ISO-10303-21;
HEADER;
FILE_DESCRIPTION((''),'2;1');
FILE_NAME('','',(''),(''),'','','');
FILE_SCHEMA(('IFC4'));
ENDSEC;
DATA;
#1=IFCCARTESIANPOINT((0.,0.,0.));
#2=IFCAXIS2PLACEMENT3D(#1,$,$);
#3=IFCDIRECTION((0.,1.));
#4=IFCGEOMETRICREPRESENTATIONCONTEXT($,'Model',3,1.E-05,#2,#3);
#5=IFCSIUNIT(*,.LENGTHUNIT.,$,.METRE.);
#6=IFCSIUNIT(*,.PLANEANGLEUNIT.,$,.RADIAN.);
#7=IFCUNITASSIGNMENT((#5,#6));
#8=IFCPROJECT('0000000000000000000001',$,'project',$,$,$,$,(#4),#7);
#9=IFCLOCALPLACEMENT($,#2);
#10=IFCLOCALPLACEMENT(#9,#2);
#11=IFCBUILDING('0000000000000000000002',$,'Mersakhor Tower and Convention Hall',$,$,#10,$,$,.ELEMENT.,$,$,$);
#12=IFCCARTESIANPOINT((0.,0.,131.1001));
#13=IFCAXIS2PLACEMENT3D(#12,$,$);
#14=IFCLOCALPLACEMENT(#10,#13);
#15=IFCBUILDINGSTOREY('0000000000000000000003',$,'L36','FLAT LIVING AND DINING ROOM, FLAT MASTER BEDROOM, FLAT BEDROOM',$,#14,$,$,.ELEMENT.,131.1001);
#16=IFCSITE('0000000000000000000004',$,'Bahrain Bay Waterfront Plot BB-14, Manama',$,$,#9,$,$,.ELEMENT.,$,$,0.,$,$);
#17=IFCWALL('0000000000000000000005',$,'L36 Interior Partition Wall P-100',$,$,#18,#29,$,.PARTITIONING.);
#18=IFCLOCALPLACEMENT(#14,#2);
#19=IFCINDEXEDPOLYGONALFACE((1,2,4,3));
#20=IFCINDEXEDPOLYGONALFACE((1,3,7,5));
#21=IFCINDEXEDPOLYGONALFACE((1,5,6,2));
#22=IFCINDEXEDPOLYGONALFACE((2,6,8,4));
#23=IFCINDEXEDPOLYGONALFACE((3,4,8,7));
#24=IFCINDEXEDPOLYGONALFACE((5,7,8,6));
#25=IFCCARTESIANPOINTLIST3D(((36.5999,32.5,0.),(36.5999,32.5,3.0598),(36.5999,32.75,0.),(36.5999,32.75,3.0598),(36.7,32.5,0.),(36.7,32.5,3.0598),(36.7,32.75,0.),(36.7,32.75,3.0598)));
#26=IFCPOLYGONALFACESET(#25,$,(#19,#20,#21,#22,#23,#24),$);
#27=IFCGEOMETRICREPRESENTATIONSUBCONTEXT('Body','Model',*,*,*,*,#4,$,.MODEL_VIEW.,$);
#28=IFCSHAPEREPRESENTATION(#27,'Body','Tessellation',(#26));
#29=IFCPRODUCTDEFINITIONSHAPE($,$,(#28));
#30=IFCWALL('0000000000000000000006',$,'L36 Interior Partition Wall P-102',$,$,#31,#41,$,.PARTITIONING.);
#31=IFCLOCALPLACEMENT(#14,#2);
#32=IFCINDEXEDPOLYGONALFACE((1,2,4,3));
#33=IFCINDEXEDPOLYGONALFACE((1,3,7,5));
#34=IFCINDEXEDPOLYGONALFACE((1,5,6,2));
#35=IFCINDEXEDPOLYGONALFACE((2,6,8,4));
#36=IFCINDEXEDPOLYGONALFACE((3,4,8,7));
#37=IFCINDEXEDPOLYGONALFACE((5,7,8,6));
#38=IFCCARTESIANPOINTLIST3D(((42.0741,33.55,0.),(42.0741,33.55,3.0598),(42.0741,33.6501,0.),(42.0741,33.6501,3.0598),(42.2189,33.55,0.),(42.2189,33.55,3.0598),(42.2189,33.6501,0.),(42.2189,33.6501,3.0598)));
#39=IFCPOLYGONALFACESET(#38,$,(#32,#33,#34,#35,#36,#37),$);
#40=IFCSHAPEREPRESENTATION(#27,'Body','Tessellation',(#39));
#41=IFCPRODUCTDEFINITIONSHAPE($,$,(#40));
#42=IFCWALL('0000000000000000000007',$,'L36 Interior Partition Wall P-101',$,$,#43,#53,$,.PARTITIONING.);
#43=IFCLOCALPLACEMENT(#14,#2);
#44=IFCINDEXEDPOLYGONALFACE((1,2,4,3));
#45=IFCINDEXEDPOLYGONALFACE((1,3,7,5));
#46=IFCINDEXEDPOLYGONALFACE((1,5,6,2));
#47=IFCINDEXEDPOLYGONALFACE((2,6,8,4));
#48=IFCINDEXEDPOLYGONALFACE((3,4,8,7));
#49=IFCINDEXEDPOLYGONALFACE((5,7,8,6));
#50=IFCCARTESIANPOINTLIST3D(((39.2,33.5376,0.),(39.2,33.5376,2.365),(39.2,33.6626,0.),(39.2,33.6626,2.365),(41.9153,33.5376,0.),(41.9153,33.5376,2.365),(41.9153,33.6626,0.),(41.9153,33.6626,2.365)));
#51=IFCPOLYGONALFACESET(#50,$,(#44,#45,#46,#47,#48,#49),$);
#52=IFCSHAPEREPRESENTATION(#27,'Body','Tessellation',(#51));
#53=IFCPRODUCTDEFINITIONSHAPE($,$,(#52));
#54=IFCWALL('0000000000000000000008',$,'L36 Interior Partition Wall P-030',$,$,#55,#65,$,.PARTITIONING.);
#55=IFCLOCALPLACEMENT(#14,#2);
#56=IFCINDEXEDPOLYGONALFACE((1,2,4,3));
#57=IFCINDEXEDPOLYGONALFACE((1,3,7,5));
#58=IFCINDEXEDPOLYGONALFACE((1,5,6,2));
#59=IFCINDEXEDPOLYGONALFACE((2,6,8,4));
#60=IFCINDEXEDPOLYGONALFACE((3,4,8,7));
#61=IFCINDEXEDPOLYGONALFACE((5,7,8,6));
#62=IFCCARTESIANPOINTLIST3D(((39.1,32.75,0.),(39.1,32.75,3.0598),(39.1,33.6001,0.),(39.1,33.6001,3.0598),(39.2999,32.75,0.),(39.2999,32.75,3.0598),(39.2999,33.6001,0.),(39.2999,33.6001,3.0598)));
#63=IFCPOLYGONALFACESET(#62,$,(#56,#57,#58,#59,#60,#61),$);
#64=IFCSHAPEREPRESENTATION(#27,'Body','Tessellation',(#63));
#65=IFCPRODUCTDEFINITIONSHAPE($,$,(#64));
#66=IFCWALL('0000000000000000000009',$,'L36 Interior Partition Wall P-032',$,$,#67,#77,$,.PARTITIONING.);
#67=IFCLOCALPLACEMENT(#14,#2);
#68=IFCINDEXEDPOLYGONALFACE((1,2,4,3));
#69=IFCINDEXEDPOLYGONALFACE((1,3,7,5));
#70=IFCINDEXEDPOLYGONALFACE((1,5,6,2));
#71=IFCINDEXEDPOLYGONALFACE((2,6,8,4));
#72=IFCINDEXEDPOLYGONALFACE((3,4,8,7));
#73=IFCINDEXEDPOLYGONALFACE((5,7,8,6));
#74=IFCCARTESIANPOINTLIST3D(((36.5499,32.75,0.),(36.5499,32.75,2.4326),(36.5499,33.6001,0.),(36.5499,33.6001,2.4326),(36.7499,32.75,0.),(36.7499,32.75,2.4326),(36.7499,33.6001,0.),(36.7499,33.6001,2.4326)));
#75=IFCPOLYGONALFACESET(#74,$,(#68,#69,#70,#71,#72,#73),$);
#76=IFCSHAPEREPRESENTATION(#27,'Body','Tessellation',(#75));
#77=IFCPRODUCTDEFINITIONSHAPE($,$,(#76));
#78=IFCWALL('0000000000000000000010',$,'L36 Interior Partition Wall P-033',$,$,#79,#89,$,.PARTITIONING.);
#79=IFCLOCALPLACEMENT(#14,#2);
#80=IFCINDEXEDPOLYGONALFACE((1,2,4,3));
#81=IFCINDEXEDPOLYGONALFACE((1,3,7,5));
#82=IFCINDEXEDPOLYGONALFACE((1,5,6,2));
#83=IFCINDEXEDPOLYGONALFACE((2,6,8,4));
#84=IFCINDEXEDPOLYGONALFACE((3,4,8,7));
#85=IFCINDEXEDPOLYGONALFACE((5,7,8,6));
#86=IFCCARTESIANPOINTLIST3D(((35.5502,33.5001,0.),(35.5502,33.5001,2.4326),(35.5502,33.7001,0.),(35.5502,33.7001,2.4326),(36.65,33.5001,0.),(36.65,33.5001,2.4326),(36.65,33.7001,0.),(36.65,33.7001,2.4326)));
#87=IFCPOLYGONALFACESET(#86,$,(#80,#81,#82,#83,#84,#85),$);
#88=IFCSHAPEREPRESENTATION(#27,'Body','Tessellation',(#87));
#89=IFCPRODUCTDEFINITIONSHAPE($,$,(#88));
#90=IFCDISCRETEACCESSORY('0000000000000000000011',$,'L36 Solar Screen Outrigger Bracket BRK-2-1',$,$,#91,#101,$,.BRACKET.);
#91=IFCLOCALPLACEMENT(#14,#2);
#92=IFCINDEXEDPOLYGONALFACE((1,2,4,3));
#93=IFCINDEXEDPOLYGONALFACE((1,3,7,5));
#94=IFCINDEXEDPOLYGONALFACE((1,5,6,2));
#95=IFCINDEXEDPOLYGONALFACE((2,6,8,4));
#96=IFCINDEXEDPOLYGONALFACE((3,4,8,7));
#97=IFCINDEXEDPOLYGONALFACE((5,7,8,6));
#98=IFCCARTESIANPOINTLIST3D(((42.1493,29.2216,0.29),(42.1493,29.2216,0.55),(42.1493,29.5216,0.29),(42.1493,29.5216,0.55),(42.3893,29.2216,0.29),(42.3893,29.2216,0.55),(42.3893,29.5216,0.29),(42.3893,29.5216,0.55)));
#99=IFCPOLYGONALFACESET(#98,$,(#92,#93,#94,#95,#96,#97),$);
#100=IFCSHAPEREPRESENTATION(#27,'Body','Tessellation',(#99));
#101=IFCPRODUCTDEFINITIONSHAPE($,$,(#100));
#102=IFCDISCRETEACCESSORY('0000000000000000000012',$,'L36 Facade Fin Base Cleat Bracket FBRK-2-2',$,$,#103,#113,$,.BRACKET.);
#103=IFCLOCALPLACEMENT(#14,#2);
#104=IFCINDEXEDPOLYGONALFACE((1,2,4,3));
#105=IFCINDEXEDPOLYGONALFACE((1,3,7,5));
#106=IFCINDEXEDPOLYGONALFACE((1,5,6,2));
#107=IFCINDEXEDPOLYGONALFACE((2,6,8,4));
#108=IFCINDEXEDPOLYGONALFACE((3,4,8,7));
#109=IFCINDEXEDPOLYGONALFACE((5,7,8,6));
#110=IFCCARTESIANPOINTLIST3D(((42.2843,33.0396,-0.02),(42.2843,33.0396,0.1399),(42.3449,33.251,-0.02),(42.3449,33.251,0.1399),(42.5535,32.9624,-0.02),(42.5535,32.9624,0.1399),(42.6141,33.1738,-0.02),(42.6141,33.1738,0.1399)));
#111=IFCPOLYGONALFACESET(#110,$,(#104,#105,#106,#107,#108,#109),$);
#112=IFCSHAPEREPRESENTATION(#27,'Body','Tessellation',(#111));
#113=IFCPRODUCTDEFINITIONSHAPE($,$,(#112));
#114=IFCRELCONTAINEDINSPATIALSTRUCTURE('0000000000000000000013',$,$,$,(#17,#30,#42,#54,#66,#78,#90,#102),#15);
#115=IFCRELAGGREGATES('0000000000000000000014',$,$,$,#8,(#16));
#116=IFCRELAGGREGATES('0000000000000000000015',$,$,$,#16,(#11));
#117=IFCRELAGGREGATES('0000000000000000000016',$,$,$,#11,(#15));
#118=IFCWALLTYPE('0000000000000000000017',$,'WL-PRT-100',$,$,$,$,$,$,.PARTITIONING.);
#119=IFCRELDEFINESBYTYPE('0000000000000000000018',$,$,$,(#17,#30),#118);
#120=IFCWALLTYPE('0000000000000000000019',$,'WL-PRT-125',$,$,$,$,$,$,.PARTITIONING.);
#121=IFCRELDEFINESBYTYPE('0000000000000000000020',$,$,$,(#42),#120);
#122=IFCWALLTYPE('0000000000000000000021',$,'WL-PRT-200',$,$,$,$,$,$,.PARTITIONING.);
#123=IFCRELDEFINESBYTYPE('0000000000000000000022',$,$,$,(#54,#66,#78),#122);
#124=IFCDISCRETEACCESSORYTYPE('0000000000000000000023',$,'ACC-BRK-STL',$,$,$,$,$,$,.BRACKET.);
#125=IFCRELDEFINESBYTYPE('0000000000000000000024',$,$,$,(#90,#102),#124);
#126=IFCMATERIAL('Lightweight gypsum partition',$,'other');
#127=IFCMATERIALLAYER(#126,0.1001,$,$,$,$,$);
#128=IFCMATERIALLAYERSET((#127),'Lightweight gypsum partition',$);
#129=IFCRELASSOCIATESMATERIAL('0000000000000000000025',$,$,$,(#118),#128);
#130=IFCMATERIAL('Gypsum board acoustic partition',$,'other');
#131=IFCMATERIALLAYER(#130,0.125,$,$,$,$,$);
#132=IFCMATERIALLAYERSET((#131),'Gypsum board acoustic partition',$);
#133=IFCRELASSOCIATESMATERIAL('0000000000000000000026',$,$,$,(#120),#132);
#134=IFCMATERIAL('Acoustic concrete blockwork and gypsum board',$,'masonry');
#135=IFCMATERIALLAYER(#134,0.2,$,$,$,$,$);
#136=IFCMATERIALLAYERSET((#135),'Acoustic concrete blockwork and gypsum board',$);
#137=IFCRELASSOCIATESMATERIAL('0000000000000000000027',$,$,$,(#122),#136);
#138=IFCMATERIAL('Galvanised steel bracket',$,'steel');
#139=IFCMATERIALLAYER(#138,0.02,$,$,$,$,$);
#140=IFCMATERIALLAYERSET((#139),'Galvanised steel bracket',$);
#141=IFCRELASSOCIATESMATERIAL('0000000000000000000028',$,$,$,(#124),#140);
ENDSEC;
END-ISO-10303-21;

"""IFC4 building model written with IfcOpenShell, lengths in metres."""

from ifc_helpers import new_model, si_unit, direction, frame, frame_2d, origin, origin_2d, place, context, subcontext, project, spatial, rectangle, extrude, material, layer, layer_set, type_object, element, save


model = new_model("IFC4")

# Units and contexts
model_context = context("Model", 3, precision=1e-05, world=origin(), true_north=direction((0.0, 1.0)))
body_context = subcontext(model_context, "Body", "Model", "MODEL_VIEW")
ifc_project = project(units=[si_unit("LENGTHUNIT", "METRE"), si_unit("PLANEANGLEUNIT", "RADIAN")], contexts=[model_context])

# Site, building, storey
site_placement = place(None, origin())
site = spatial("IfcSite", under=ifc_project, at=site_placement, Name="Bahrain Bay Waterfront Plot BB-14, Manama", CompositionType="ELEMENT", RefElevation=0.0)
building_placement = place(site_placement, origin())
building = spatial("IfcBuilding", under=site, at=building_placement, Name="Mersakhor Tower and Convention Hall", CompositionType="ELEMENT")
storey_placement = place(building_placement, frame((0.0, 0.0, 131.1001)))
storey = spatial("IfcBuildingStorey", under=building, at=storey_placement, Name="L36", Description="FLAT LIVING AND DINING ROOM, FLAT MASTER BEDROOM, FLAT BEDROOM", CompositionType="ELEMENT", Elevation=131.1001)

# Walls
ifc_material_1 = material(Name="Lightweight gypsum partition", Category="other")
ifc_layer_1 = layer(ifc_material_1, 0.1001)
ifc_layer_set_1 = layer_set([ifc_layer_1], Name="Lightweight gypsum partition")
wall_type_1 = type_object("IfcWallType", Name="WL-PRT-100", PredefinedType="PARTITIONING", material=ifc_layer_set_1)
wall_1_placement = place(storey_placement, frame((36.6499, 32.5, 0.0), z_axis=(0.0, 0.0, 1.0), x_axis=(0.0, 1.0, 0.0)))
element("IfcWall", 1, at=wall_1_placement, inside=storey, type_object=wall_type_1, Name="L36 Interior Partition Wall P-100", PredefinedType="PARTITIONING", context=body_context, shape_type="SweptSolid", body=[
    extrude(rectangle(XDim=0.25, YDim=0.1001, at=frame_2d((0.125, 0.0))), origin(), (0.0, 0.0, 1.0), 3.0598),
])
wall_2_placement = place(storey_placement, frame((42.0742, 33.6001, 0.0), z_axis=(0.0, 0.0, 1.0), x_axis=(1.0, 0.0, 0.0)))
element("IfcWall", 2, at=wall_2_placement, inside=storey, type_object=wall_type_1, Name="L36 Interior Partition Wall P-102", PredefinedType="PARTITIONING", context=body_context, shape_type="SweptSolid", body=[
    extrude(rectangle(XDim=0.1448, YDim=0.1001, at=frame_2d((0.0723, 0.0))), origin(), (0.0, 0.0, 1.0), 3.0598),
])
ifc_material_2 = material(Name="Gypsum board acoustic partition", Category="other")
ifc_layer_2 = layer(ifc_material_2, 0.125)
ifc_layer_set_2 = layer_set([ifc_layer_2], Name="Gypsum board acoustic partition")
wall_type_2 = type_object("IfcWallType", Name="WL-PRT-125", PredefinedType="PARTITIONING", material=ifc_layer_set_2)
wall_3_placement = place(storey_placement, frame((39.2, 33.6001, 0.0), z_axis=(0.0, 0.0, 1.0), x_axis=(1.0, 0.0, 0.0)))
element("IfcWall", 3, at=wall_3_placement, inside=storey, type_object=wall_type_2, Name="L36 Interior Partition Wall P-101", PredefinedType="PARTITIONING", context=body_context, shape_type="SweptSolid", body=[
    extrude(rectangle(XDim=2.7153, YDim=0.125, at=frame_2d((1.3577, 0.0))), origin(), (0.0, 0.0, 1.0), 2.365),
])
ifc_material_3 = material(Name="Acoustic concrete blockwork and gypsum board", Category="masonry")
ifc_layer_3 = layer(ifc_material_3, 0.2)
ifc_layer_set_3 = layer_set([ifc_layer_3], Name="Acoustic concrete blockwork and gypsum board")
wall_type_3 = type_object("IfcWallType", Name="WL-PRT-200", PredefinedType="PARTITIONING", material=ifc_layer_set_3)
wall_4_placement = place(storey_placement, frame((39.2, 33.6001, 0.0), z_axis=(0.0, 0.0, 1.0), x_axis=(0.0, -1.0, 0.0)))
element("IfcWall", 4, at=wall_4_placement, inside=storey, type_object=wall_type_3, Name="L36 Interior Partition Wall P-030", PredefinedType="PARTITIONING", context=body_context, shape_type="SweptSolid", body=[
    extrude(rectangle(XDim=0.8501, YDim=0.2, at=frame_2d((0.425, 0.0))), origin(), (0.0, 0.0, 1.0), 3.0598),
])

# Walls
wall_5_placement = place(storey_placement, frame((36.6499, 32.75, 0.0), z_axis=(0.0, 0.0, 1.0), x_axis=(0.0, 1.0, 0.0)))
element("IfcWall", 5, at=wall_5_placement, inside=storey, type_object=wall_type_3, Name="L36 Interior Partition Wall P-032", PredefinedType="PARTITIONING", context=body_context, shape_type="SweptSolid", body=[
    extrude(rectangle(XDim=0.8501, YDim=0.2, at=frame_2d((0.425, 0.0))), origin(), (0.0, 0.0, 1.0), 2.4326),
])
wall_6_placement = place(storey_placement, frame((36.6499, 33.6001, 0.0), z_axis=(0.0, 0.0, 1.0), x_axis=(-1.0, 0.0, 0.0)))
element("IfcWall", 6, at=wall_6_placement, inside=storey, type_object=wall_type_3, Name="L36 Interior Partition Wall P-033", PredefinedType="PARTITIONING", context=body_context, shape_type="SweptSolid", body=[
    extrude(rectangle(XDim=1.0999, YDim=0.2, at=frame_2d((0.5498, 0.0))), origin(), (0.0, 0.0, 1.0), 2.4326),
])

# Discrete accessories
ifc_material_4 = material(Name="Galvanised steel bracket", Category="steel")
ifc_layer_4 = layer(ifc_material_4, 0.02)
ifc_layer_set_4 = layer_set([ifc_layer_4], Name="Galvanised steel bracket")
discrete_accessory_type = type_object("IfcDiscreteAccessoryType", Name="ACC-BRK-STL", PredefinedType="BRACKET", material=ifc_layer_set_4)
discrete_accessory_1_placement = place(storey_placement, frame((42.2693, 29.3716, 0.29), z_axis=(0.0, 0.0, 1.0), x_axis=(0.0, -1.0, 0.0)))
element("IfcDiscreteAccessory", 7, at=discrete_accessory_1_placement, inside=storey, type_object=discrete_accessory_type, Name="L36 Solar Screen Outrigger Bracket BRK-2-1", PredefinedType="BRACKET", context=body_context, shape_type="SweptSolid", body=[
    extrude(rectangle(XDim=0.3, YDim=0.24, at=origin_2d()), origin(), (0.0, 0.0, 1.0), 0.26),
])
discrete_accessory_2_placement = place(storey_placement, frame((42.4492, 33.1067, -0.02), z_axis=(0.0, 0.0, 1.0), x_axis=(0.961262, -0.275637, 0.0)))
element("IfcDiscreteAccessory", 8, at=discrete_accessory_2_placement, inside=storey, type_object=discrete_accessory_type, Name="L36 Facade Fin Base Cleat Bracket FBRK-2-2", PredefinedType="BRACKET", context=body_context, shape_type="SweptSolid", body=[
    extrude(rectangle(XDim=0.28, YDim=0.22, at=origin_2d()), origin(), (0.0, 0.0, 1.0), 0.1599),
])

save(model, "model.ifc")
